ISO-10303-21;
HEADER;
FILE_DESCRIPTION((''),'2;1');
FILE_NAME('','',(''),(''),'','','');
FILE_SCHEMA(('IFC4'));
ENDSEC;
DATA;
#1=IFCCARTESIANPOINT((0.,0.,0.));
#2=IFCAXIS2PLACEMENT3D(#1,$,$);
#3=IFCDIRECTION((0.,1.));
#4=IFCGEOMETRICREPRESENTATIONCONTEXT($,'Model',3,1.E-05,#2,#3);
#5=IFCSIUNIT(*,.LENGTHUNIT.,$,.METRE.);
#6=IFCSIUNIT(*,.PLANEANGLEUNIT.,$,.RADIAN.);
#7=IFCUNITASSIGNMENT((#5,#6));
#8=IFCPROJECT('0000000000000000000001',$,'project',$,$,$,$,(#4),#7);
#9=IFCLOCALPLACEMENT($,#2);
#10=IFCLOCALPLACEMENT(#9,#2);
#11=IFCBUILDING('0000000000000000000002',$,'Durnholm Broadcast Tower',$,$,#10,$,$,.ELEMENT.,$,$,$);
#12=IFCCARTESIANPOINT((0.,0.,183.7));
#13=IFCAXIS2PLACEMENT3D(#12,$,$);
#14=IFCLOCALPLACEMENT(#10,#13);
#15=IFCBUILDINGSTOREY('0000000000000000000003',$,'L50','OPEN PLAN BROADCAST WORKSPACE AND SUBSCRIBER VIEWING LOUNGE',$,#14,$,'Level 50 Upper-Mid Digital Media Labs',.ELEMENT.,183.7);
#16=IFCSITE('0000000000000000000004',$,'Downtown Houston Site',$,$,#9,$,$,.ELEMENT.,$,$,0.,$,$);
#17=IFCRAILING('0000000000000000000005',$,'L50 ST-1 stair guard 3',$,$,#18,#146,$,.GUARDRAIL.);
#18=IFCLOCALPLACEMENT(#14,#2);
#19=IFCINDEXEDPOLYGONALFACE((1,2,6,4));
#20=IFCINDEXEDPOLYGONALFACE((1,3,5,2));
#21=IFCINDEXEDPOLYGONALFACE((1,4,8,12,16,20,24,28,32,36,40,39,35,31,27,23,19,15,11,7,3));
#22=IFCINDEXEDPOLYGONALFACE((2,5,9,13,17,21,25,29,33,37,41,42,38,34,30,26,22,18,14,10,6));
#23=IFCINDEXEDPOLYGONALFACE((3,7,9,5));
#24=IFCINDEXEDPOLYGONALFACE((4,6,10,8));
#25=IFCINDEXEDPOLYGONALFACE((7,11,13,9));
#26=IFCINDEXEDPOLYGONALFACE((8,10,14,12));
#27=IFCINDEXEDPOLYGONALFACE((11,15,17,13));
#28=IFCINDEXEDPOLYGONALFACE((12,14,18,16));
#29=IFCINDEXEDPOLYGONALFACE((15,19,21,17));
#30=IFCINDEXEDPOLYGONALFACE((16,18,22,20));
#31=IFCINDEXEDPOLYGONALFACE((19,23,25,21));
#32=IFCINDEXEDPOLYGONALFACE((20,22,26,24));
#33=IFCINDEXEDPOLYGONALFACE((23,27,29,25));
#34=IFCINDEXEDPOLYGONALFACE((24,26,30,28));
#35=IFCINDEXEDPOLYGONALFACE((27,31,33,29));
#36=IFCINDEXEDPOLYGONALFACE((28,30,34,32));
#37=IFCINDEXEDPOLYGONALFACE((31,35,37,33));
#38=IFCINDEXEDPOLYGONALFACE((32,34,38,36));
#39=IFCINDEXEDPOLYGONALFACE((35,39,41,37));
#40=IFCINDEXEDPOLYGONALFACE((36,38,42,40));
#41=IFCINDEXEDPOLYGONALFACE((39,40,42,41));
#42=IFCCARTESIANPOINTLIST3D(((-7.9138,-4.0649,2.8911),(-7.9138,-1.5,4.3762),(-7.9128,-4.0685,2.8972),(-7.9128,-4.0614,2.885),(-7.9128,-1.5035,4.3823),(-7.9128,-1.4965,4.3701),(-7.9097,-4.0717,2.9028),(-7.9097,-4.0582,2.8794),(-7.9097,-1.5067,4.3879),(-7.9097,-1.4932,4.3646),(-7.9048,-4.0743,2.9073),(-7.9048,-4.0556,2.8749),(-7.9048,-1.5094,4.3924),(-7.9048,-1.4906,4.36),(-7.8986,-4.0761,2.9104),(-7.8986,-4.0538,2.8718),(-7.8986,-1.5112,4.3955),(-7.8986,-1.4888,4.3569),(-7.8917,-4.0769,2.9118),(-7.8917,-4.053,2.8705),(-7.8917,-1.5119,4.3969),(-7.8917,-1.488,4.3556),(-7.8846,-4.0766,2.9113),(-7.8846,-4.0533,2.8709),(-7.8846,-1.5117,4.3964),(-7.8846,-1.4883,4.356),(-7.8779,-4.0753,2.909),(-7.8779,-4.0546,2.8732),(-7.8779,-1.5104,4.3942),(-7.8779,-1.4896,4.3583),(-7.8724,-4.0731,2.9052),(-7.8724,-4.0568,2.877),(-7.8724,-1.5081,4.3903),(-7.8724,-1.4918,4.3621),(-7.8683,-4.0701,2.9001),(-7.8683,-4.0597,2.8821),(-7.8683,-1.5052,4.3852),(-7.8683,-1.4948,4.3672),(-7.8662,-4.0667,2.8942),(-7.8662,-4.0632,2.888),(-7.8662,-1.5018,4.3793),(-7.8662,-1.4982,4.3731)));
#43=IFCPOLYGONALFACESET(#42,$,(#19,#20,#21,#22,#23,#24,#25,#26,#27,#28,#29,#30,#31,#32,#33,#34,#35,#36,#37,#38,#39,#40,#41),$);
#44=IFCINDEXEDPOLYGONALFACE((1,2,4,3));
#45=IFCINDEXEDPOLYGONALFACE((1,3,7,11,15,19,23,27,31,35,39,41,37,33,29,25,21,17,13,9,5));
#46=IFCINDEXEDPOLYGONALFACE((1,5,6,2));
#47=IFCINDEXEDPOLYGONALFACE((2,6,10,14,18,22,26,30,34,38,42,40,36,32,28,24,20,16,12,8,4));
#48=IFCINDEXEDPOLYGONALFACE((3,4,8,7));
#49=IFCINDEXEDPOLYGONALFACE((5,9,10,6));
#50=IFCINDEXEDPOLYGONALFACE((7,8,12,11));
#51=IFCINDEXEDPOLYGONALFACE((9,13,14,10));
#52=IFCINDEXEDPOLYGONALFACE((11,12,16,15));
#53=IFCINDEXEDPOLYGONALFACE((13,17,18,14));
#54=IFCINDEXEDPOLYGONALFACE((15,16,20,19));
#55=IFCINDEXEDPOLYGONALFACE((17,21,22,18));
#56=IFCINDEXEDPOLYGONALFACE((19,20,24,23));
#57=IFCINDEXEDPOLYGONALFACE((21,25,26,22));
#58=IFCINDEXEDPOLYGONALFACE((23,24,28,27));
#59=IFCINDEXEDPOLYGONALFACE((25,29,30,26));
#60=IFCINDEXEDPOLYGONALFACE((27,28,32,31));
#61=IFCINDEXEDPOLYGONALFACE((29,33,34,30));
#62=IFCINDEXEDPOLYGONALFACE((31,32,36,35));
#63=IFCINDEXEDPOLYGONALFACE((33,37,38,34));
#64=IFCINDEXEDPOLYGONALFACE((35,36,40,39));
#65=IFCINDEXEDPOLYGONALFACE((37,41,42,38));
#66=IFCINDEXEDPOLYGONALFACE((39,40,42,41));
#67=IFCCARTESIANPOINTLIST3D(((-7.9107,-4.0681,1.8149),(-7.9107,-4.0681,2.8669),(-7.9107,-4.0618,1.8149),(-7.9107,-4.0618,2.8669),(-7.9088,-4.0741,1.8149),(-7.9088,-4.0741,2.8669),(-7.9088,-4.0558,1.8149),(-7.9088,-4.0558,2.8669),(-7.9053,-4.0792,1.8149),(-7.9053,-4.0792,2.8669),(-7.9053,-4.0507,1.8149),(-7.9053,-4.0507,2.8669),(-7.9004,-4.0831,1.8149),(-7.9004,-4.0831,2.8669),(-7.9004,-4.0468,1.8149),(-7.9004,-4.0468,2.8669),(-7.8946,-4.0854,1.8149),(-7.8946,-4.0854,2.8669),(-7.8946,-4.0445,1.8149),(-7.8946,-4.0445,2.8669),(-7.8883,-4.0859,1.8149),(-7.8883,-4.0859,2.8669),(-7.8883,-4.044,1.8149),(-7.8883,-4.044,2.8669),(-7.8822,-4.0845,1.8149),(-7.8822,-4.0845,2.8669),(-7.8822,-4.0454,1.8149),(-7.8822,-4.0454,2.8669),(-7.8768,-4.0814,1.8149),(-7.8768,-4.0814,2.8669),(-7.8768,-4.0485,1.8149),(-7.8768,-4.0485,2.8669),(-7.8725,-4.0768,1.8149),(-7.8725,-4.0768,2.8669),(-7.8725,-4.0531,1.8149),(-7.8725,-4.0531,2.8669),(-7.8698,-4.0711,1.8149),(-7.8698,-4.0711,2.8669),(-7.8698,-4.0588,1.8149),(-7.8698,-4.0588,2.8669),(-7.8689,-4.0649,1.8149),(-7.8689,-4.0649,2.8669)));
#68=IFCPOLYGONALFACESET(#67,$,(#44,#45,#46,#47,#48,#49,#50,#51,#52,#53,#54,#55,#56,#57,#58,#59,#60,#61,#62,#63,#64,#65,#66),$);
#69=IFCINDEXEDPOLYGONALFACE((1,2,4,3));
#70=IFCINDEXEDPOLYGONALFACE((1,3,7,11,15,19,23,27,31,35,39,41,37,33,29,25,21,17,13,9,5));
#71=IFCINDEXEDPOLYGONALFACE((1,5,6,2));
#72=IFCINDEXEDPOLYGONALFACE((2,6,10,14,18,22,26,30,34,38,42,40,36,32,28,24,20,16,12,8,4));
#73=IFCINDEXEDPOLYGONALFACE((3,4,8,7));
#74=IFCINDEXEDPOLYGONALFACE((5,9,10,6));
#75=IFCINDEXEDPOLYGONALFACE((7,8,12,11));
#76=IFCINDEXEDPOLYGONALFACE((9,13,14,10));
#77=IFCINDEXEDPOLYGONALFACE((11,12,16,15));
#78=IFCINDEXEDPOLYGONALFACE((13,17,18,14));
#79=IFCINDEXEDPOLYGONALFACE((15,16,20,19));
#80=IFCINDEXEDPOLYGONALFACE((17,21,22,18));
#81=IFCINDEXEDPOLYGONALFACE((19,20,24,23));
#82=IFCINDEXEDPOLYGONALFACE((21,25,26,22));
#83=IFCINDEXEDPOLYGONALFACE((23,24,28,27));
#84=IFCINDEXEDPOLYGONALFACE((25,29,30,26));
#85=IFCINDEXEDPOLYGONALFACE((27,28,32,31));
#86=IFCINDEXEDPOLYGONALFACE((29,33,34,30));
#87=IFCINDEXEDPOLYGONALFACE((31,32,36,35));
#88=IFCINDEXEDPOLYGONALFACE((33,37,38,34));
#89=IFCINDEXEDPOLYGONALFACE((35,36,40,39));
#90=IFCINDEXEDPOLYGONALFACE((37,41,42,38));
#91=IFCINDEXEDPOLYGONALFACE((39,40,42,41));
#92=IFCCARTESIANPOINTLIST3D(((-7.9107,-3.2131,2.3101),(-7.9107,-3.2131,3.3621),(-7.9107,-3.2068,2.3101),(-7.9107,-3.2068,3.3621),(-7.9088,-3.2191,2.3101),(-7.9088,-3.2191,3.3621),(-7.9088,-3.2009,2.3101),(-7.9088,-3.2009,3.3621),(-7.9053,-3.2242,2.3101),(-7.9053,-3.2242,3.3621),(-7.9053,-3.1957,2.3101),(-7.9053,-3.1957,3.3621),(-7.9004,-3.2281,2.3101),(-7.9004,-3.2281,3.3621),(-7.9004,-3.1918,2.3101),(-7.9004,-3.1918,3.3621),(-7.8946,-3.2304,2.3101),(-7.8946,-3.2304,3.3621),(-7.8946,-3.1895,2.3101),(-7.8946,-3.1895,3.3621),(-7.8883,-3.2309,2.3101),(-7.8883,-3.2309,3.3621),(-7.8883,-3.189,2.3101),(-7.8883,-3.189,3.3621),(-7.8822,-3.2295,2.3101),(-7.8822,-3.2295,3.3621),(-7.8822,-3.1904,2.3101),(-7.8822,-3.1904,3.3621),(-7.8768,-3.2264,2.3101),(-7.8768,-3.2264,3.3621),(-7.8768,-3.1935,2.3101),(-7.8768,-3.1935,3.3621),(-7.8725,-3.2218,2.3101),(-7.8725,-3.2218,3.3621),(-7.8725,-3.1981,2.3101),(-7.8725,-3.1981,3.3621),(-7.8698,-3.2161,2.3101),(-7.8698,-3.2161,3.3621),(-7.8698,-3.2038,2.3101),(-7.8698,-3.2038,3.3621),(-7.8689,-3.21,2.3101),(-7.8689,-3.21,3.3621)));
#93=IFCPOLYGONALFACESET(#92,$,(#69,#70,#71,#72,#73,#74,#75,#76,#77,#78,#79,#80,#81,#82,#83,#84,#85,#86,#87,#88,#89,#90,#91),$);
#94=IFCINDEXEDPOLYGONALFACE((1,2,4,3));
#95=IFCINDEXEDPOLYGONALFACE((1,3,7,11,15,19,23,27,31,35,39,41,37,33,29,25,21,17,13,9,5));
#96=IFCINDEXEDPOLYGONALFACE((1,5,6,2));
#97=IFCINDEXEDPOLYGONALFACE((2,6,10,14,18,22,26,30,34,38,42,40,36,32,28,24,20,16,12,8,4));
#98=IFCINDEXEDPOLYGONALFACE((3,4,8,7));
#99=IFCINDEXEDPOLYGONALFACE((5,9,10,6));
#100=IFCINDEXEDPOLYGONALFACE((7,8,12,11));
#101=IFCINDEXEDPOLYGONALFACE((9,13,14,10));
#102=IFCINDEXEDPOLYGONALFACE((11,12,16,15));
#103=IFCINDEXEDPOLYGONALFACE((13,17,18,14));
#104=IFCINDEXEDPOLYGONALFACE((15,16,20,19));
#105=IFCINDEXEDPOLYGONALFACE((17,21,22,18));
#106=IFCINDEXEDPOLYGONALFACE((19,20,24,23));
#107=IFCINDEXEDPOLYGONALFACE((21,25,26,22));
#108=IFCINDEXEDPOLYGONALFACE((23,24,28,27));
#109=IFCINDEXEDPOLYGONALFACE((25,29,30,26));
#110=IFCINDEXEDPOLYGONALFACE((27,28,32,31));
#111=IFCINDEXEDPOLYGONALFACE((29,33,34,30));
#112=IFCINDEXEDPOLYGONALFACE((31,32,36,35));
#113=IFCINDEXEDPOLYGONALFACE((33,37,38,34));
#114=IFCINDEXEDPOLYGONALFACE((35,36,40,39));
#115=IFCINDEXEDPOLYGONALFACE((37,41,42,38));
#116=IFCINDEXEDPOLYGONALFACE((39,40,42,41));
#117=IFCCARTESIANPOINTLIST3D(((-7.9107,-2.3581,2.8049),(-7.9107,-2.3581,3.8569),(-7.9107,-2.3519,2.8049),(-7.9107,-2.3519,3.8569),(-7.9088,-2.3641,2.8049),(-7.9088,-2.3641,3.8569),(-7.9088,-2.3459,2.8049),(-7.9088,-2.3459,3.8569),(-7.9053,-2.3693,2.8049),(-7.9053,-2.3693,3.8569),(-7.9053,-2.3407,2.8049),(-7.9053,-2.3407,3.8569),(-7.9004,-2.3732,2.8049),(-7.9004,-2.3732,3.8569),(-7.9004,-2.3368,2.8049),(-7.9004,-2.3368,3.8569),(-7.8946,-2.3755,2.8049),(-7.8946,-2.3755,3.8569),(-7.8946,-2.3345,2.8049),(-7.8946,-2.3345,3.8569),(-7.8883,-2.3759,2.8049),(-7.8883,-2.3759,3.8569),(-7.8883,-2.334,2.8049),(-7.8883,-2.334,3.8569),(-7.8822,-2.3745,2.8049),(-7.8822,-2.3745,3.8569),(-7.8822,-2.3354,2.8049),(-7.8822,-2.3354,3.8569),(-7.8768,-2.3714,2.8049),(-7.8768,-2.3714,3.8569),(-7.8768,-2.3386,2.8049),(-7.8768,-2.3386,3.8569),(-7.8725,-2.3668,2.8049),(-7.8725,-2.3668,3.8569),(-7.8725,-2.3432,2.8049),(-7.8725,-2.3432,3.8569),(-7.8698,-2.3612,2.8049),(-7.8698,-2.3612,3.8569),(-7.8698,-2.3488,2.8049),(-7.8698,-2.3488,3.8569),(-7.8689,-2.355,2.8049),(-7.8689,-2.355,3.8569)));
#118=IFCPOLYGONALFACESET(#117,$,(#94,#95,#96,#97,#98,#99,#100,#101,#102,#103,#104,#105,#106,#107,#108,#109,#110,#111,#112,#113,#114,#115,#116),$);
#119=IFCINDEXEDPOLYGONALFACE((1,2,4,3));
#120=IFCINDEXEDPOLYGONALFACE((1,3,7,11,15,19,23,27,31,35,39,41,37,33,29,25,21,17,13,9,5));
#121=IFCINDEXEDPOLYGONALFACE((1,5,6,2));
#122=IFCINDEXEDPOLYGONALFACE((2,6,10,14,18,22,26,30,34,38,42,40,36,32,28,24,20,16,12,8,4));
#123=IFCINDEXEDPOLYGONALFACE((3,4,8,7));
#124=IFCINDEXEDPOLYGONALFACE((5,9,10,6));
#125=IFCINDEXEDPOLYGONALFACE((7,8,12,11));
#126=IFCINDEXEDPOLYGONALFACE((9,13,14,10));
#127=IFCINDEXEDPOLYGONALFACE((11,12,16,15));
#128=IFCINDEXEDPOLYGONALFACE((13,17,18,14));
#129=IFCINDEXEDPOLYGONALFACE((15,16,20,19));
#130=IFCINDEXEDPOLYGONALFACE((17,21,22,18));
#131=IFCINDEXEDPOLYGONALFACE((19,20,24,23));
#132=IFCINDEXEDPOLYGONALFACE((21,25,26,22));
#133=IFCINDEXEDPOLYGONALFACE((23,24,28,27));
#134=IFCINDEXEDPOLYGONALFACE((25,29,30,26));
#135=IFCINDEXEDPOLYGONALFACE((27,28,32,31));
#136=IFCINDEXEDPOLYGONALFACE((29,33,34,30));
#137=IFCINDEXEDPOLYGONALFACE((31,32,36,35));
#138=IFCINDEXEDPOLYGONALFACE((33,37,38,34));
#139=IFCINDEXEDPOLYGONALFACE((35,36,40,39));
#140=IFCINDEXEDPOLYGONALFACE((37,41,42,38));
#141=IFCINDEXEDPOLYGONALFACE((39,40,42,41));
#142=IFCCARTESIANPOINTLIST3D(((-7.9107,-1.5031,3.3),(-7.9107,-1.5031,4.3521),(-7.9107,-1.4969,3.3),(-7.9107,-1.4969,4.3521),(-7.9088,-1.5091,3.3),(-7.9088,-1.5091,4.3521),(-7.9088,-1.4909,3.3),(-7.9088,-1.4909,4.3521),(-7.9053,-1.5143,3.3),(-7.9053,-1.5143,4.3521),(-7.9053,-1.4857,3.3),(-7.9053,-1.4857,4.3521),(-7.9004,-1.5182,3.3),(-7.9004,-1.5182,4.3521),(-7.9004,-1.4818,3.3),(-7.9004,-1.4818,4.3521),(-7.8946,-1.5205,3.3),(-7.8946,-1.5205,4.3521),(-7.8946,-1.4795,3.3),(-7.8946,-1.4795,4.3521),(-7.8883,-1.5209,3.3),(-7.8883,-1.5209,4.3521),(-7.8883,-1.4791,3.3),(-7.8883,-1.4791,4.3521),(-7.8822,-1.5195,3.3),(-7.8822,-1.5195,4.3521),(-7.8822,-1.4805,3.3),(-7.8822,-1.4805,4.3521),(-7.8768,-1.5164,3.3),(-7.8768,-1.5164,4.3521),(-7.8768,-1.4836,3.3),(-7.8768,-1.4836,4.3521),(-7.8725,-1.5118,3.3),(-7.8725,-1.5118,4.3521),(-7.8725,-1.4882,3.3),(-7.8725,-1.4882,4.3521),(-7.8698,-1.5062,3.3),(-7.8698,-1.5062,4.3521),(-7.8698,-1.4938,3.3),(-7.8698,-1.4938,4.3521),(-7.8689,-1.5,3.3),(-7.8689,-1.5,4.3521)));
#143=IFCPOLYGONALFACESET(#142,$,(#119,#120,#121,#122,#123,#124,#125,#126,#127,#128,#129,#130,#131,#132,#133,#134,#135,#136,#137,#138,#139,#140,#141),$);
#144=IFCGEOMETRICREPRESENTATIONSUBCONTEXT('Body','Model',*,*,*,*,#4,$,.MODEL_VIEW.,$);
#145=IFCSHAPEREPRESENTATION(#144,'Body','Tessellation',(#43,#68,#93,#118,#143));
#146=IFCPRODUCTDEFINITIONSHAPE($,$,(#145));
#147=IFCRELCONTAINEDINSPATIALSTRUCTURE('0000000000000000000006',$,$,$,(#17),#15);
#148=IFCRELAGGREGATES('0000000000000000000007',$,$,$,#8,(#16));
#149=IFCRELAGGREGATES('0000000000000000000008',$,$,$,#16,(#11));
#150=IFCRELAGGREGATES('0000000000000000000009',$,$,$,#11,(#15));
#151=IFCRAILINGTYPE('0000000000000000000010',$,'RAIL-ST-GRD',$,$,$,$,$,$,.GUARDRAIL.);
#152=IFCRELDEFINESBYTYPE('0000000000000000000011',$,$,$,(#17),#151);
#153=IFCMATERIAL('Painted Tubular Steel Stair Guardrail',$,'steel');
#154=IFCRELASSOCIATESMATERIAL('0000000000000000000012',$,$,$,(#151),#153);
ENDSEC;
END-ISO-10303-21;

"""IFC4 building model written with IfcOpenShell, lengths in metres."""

from ifc_helpers import new_model, si_unit, direction, frame, origin, origin_2d, place, context, subcontext, project, spatial, circle, extrude, material, type_object, element, save


model = new_model("IFC4")

# Units and contexts
model_context = context("Model", 3, precision=1e-05, world=origin(), true_north=direction((0.0, 1.0)))
body_context = subcontext(model_context, "Body", "Model", "MODEL_VIEW")
ifc_project = project(units=[si_unit("LENGTHUNIT", "METRE"), si_unit("PLANEANGLEUNIT", "RADIAN")], contexts=[model_context])

# Site, building, storey
site_placement = place(None, origin())
site = spatial("IfcSite", under=ifc_project, at=site_placement, Name="Downtown Houston Site", CompositionType="ELEMENT", RefElevation=0.0)
building_placement = place(site_placement, origin())
building = spatial("IfcBuilding", under=site, at=building_placement, Name="Durnholm Broadcast Tower", CompositionType="ELEMENT")
storey_placement = place(building_placement, frame((0.0, 0.0, 183.7)))
storey = spatial("IfcBuildingStorey", under=building, at=storey_placement, Name="L50", Description="OPEN PLAN BROADCAST WORKSPACE AND SUBSCRIBER VIEWING LOUNGE", LongName="Level 50 Upper-Mid Digital Media Labs", CompositionType="ELEMENT", Elevation=183.7)

# Railing
ifc_material_1 = material(Name="Painted Tubular Steel Stair Guardrail", Category="steel")
railing_type_1 = type_object("IfcRailingType", Name="RAIL-ST-GRD", PredefinedType="GUARDRAIL", material=ifc_material_1)
railing_1_placement = place(storey_placement, frame((-7.8899, -4.0649, 1.8149)))
element("IfcRailing", 1, at=railing_1_placement, inside=storey, type_object=railing_type_1, Name="L50 ST-1 stair guard 3", PredefinedType="GUARDRAIL", context=body_context, shape_type="SweptSolid", body=[
    extrude(circle(Radius=0.0239, at=origin_2d()), frame((0.0, 0.0, 1.0762), z_axis=(0.0, 0.865406, 0.501072), x_axis=(-1.0, 0.0, 0.0)), (0.0, 0.0, 1.0), 2.9639),
    extrude(circle(Radius=0.021, at=origin_2d()), origin(), (0.0, 0.0, 1.0), 1.052),
    extrude(circle(Radius=0.021, at=origin_2d()), frame((0.0, 0.855, 0.4951)), (0.0, 0.0, 1.0), 1.052),
    extrude(circle(Radius=0.021, at=origin_2d()), frame((0.0, 1.71, 0.99)), (0.0, 0.0, 1.0), 1.052),
    extrude(circle(Radius=0.021, at=origin_2d()), frame((0.0, 2.5649, 1.4851)), (0.0, 0.0, 1.0), 1.052),
])

save(model, "model.ifc")
